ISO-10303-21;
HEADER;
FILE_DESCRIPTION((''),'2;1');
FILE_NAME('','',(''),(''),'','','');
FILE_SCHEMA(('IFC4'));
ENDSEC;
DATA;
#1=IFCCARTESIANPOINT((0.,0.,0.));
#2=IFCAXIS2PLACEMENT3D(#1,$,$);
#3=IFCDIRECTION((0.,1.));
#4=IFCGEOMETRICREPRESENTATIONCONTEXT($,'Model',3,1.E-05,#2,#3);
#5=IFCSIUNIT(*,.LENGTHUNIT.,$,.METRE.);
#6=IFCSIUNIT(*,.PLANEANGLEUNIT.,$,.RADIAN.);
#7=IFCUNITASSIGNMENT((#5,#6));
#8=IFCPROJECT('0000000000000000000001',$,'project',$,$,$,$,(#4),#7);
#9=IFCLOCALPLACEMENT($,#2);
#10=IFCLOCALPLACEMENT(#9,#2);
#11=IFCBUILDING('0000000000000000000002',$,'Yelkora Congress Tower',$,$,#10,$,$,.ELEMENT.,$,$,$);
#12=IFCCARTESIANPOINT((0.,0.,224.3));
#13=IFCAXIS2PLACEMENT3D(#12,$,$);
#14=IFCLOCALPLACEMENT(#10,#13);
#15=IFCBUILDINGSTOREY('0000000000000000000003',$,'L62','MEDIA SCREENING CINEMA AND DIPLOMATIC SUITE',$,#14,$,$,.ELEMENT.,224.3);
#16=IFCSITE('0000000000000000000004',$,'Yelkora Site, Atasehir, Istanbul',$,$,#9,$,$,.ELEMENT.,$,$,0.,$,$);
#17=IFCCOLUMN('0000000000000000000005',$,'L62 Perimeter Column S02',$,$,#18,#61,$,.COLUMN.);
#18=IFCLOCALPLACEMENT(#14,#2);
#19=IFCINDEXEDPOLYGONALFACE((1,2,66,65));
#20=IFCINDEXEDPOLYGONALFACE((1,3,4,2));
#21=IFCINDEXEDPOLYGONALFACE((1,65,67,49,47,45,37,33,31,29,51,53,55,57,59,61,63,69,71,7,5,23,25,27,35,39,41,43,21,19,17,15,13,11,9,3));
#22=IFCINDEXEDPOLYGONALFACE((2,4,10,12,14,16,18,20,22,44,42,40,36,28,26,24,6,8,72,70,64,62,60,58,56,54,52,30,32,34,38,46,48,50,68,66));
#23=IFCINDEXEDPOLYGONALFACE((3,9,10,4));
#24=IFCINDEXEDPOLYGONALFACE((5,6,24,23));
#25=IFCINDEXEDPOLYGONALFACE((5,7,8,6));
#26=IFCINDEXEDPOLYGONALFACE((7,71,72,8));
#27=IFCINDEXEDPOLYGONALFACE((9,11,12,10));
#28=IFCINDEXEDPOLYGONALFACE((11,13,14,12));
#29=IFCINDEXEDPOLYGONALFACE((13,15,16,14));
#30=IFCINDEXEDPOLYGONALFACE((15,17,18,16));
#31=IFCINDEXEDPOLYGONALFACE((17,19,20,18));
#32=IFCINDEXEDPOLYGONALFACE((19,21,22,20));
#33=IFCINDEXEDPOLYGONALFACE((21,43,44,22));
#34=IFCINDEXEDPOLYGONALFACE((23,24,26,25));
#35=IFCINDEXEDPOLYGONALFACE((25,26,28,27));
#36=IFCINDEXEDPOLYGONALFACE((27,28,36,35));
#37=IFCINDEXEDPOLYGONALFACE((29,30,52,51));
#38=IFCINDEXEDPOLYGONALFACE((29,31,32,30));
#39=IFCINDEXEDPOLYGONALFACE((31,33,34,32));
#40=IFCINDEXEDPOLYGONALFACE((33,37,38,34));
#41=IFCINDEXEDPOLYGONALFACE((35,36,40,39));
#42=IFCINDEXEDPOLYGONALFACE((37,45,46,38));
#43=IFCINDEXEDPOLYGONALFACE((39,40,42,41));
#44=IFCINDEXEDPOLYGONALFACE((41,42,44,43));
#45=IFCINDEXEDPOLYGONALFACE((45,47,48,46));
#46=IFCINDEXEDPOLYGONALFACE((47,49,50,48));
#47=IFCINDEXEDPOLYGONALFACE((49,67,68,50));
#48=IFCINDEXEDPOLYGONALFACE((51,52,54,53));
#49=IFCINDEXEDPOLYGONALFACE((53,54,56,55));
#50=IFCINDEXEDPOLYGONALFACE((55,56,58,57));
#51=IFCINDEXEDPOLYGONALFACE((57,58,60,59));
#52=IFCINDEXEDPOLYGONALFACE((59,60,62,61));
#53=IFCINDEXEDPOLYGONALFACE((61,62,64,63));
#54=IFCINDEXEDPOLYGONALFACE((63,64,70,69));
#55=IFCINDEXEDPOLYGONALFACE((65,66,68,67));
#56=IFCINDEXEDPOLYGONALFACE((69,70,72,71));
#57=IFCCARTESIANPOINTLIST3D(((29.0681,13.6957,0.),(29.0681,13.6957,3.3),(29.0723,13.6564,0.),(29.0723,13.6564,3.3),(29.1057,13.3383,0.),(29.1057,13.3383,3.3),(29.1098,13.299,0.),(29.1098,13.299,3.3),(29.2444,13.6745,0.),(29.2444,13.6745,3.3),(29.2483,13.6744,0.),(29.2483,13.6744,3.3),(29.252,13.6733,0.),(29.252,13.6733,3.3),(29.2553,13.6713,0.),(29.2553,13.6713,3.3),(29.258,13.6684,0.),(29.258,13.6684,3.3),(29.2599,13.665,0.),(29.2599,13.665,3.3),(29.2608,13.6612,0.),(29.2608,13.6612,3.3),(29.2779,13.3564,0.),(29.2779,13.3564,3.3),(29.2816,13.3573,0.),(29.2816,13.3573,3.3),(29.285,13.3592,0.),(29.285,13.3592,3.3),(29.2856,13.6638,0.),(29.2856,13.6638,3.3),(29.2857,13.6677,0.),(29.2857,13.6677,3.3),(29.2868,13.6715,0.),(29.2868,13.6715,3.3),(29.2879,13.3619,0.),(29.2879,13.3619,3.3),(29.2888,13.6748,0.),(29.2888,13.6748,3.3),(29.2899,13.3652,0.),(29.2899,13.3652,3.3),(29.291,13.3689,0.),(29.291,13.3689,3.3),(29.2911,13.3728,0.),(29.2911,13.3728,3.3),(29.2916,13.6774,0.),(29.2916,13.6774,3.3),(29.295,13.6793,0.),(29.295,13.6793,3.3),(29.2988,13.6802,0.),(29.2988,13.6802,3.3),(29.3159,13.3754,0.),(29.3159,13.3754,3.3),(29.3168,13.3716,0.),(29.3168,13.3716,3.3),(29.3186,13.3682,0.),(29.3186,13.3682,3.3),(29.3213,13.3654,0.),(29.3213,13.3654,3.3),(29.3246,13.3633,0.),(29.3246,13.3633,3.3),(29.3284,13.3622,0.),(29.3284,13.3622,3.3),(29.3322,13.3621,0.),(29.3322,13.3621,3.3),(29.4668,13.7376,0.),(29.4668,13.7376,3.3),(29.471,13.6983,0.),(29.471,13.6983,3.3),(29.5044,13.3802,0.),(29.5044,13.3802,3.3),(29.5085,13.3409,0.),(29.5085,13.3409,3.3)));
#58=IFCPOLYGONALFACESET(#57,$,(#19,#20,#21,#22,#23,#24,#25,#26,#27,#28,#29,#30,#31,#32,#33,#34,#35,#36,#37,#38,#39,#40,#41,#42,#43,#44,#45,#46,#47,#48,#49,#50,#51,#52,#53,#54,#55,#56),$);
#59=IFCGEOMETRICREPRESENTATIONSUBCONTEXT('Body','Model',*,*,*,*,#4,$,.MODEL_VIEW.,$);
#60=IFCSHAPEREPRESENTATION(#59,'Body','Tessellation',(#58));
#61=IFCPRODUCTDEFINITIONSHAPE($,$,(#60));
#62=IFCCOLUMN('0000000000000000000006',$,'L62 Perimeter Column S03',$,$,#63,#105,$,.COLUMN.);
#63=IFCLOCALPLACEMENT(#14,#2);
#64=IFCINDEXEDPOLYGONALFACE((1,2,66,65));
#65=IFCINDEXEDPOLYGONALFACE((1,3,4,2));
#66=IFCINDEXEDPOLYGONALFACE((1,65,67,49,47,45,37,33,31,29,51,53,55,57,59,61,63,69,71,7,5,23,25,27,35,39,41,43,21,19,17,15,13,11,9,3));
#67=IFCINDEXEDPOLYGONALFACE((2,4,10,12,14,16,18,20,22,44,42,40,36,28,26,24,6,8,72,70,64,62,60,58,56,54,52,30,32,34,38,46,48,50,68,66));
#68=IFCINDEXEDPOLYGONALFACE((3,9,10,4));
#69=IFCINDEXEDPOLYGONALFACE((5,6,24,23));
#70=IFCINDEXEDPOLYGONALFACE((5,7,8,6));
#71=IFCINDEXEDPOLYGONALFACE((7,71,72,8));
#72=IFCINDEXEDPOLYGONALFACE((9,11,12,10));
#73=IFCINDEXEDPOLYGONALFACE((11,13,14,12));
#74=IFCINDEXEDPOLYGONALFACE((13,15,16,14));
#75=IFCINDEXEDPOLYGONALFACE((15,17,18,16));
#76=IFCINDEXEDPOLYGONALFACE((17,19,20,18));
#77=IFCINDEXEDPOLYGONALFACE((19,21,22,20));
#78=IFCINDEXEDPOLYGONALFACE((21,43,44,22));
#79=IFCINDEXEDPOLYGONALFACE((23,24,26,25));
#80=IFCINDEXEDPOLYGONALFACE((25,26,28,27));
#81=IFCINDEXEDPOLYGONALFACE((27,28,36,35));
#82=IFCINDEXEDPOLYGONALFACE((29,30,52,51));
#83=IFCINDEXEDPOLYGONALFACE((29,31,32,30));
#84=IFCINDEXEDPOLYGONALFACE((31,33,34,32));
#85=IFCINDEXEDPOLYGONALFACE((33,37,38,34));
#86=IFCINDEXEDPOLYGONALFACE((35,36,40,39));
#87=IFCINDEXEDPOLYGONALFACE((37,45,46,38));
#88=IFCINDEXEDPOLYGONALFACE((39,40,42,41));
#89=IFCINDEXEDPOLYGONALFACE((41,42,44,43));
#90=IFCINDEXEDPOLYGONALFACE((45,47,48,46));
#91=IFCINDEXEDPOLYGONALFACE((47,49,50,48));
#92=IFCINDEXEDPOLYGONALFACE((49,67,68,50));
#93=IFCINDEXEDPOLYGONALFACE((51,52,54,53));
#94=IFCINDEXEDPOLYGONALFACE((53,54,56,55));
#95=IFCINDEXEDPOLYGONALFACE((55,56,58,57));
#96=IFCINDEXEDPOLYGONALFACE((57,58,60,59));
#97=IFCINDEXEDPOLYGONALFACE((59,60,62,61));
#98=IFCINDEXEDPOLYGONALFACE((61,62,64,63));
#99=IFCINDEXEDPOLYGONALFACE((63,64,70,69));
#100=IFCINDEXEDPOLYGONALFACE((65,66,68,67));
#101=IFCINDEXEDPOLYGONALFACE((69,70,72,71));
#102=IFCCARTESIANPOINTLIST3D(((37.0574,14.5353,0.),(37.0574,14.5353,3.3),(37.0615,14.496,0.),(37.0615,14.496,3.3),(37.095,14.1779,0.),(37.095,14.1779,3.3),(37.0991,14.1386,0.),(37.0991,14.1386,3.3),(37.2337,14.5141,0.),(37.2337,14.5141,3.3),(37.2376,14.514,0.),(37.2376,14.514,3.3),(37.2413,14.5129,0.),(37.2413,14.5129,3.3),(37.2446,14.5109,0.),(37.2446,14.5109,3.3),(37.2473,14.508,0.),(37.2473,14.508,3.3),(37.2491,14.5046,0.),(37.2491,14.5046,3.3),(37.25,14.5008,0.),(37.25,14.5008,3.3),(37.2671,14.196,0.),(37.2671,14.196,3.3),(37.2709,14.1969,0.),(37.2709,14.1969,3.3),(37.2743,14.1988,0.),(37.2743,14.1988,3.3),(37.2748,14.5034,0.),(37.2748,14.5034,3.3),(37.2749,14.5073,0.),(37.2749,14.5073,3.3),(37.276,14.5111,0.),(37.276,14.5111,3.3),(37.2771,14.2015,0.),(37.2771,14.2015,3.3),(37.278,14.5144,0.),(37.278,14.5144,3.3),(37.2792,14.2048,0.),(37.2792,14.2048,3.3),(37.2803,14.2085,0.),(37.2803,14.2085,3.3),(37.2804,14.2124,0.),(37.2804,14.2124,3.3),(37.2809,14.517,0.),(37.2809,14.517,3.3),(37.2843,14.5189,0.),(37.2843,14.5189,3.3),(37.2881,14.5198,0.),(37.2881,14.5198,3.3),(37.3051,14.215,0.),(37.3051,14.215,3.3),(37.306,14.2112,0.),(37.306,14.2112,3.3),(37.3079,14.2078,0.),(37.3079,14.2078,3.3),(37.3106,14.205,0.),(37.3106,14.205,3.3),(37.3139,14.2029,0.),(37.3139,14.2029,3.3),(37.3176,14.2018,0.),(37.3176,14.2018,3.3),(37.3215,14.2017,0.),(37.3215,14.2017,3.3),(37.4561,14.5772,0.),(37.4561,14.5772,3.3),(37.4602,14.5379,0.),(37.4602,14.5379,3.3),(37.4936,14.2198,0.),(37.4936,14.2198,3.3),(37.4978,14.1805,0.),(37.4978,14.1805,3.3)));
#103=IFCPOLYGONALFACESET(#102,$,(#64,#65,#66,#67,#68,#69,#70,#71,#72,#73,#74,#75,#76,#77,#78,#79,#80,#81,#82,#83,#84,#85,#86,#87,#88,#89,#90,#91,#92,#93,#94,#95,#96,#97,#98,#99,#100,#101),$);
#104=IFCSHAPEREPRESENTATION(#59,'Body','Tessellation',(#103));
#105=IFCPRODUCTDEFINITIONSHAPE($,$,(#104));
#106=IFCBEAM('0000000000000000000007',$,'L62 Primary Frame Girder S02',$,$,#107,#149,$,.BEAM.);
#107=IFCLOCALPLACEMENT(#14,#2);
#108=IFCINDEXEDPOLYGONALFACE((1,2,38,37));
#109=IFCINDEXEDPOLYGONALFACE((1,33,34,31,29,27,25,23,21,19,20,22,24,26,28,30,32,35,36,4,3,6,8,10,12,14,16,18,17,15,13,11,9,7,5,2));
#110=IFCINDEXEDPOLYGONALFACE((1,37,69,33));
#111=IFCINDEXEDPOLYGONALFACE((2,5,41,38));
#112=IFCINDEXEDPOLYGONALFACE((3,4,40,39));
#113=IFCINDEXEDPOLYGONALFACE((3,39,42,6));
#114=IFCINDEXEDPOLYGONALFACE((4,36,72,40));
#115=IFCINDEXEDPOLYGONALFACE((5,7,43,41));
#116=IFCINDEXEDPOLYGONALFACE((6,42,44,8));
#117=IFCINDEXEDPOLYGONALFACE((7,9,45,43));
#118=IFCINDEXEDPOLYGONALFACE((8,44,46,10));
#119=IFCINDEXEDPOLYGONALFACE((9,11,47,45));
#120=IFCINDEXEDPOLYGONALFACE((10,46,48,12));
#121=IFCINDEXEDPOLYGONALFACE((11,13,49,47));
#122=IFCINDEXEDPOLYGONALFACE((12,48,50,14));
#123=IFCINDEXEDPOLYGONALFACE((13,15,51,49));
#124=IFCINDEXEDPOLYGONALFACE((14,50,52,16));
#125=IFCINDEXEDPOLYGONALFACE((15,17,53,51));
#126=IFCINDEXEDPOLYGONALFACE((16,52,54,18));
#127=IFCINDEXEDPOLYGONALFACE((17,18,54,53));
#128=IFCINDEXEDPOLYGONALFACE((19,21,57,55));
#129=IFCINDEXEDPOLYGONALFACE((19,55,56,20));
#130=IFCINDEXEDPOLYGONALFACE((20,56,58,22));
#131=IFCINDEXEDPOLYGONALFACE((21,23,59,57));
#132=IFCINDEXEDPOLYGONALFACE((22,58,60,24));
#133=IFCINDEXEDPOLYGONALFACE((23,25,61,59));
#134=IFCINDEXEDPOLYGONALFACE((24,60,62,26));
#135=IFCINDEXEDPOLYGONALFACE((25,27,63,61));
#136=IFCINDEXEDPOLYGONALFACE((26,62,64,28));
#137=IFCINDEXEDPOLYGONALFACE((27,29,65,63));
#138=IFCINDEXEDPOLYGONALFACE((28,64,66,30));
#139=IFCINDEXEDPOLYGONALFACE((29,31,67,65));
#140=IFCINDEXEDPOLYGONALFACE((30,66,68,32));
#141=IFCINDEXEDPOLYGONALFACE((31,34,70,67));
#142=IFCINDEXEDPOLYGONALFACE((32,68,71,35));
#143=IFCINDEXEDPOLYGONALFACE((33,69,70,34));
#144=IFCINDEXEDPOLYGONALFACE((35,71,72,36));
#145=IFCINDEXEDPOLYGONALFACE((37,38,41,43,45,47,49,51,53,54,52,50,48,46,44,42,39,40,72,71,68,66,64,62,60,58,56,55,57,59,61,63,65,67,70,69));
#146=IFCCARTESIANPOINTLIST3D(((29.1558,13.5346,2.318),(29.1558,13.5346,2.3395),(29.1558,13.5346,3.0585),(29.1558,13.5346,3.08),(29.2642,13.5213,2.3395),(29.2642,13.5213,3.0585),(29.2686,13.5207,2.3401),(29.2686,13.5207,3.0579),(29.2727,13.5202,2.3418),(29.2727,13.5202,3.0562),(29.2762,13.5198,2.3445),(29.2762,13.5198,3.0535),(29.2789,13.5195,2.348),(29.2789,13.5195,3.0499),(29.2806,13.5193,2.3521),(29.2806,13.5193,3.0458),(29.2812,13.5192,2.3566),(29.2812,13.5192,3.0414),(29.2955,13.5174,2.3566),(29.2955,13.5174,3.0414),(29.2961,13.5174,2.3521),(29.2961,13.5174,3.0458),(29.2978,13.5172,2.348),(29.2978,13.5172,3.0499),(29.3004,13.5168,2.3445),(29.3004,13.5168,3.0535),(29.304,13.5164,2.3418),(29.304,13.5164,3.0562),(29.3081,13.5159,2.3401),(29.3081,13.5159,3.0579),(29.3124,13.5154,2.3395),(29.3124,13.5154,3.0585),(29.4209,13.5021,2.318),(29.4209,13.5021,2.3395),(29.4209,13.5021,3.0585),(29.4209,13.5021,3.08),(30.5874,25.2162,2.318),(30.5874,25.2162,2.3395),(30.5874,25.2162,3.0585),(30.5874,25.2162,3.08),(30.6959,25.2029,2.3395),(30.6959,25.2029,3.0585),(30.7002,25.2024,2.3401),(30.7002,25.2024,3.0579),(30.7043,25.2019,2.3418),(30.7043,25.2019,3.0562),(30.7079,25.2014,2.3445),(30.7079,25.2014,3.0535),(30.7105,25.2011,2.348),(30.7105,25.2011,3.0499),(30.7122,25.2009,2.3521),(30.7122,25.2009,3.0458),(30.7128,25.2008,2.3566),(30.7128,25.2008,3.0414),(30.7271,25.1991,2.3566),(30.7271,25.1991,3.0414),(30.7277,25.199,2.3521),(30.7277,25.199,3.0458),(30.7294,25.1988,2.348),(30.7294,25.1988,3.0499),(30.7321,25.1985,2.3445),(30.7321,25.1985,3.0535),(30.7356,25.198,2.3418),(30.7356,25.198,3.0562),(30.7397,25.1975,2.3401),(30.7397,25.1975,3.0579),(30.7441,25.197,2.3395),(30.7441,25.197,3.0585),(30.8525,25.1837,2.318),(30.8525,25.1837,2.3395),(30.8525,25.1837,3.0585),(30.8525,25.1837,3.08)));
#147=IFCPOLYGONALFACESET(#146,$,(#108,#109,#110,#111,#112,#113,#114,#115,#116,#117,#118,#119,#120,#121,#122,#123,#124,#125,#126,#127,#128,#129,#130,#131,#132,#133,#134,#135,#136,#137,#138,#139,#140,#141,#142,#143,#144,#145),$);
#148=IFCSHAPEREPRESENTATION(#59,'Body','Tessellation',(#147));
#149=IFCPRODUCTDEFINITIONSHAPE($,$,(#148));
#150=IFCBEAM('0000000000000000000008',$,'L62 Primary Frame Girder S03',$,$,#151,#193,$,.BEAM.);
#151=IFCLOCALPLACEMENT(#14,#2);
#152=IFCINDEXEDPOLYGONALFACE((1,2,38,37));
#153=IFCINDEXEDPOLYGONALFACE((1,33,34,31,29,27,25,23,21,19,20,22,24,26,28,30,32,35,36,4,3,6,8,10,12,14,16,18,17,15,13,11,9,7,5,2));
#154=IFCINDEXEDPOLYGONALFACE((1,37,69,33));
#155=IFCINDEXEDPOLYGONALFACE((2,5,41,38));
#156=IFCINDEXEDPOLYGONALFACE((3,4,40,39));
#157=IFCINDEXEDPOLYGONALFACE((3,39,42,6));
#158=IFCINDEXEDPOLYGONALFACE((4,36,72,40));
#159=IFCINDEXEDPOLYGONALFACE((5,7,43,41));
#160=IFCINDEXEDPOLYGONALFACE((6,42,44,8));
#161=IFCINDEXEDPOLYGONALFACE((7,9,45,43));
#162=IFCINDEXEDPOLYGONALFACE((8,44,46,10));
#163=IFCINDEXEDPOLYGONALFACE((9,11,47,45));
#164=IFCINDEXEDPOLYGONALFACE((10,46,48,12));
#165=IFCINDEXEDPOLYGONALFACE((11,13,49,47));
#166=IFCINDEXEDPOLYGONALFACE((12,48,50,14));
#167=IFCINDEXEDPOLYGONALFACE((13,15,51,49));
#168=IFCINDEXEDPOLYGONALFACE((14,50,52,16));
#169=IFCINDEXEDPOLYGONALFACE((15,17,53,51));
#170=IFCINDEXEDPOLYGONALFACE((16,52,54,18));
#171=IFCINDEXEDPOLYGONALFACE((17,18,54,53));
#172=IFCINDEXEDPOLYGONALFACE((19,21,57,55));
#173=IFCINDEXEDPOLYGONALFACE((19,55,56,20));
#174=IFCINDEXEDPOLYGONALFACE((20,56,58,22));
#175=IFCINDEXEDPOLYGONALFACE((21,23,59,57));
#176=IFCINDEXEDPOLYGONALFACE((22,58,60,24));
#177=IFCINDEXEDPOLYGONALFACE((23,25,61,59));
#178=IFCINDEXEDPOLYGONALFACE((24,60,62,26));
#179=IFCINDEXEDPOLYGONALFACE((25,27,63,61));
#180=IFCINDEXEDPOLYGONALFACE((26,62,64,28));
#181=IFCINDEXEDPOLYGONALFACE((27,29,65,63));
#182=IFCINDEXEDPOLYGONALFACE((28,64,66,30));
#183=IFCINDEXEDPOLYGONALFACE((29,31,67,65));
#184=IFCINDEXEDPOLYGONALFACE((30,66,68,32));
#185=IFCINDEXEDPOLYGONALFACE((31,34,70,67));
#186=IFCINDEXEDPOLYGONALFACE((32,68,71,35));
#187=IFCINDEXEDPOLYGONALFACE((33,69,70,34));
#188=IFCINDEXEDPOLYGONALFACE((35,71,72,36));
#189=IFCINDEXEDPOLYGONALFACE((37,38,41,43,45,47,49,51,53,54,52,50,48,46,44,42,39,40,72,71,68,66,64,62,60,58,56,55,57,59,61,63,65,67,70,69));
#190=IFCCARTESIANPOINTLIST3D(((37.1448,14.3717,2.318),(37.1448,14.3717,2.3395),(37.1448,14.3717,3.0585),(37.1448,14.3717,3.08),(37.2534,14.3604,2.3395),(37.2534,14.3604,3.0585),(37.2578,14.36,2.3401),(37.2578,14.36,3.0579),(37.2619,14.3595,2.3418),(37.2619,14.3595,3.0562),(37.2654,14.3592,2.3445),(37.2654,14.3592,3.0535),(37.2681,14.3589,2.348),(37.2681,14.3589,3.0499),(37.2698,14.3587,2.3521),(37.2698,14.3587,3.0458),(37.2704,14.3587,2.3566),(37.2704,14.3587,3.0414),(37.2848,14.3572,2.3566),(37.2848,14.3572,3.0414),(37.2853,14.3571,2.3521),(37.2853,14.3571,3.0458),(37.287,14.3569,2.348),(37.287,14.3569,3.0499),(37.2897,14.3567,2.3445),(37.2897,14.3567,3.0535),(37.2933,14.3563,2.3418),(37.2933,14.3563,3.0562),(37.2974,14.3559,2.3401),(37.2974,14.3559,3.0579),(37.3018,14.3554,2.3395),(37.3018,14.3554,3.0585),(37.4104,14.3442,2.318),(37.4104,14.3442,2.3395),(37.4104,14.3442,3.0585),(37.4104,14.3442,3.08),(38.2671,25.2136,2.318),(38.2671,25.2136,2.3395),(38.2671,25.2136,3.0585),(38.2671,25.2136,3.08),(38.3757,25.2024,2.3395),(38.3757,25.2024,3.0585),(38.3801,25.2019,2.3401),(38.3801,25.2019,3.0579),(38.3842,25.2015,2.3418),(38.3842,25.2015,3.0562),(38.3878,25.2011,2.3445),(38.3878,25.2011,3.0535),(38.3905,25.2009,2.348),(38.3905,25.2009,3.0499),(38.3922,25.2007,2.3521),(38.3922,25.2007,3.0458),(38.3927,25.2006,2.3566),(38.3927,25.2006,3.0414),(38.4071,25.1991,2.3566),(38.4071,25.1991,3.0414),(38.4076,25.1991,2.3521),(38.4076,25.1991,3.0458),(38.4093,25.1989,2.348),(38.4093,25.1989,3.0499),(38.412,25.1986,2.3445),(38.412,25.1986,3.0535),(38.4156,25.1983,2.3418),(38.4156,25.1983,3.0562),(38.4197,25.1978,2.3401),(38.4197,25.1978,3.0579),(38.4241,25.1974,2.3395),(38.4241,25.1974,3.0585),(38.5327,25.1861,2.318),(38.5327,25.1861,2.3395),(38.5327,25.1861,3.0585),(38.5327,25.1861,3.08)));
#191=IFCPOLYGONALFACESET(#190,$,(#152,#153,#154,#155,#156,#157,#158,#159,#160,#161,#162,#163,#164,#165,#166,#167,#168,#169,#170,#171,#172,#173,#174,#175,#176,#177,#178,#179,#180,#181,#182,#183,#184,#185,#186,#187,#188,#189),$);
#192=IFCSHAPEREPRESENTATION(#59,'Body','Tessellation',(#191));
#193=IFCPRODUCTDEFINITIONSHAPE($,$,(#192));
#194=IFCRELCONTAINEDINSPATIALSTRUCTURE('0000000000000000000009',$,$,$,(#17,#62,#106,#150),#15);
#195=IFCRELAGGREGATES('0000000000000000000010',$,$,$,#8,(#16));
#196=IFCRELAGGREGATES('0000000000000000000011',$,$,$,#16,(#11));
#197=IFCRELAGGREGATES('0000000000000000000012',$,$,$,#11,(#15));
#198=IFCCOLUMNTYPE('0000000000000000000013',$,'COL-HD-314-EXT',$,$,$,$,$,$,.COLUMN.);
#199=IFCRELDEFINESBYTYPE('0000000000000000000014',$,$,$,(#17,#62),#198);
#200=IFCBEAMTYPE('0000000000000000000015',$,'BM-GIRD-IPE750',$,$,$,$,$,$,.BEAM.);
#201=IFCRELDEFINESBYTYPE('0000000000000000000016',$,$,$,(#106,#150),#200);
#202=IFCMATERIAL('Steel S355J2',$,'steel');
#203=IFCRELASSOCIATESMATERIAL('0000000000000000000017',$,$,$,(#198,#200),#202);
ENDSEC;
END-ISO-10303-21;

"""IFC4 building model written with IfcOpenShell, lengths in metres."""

from ifc_helpers import new_model, si_unit, direction, frame, origin, origin_2d, place, context, subcontext, project, spatial, i_section, extrude, material, material_profile, profile_set, type_object, element, save


model = new_model("IFC4")

# Units and contexts
model_context = context("Model", 3, precision=1e-05, world=origin(), true_north=direction((0.0, 1.0)))
body_context = subcontext(model_context, "Body", "Model", "MODEL_VIEW")
ifc_project = project(units=[si_unit("LENGTHUNIT", "METRE"), si_unit("PLANEANGLEUNIT", "RADIAN")], contexts=[model_context])

# Site, building, storey
site_placement = place(None, origin())
site = spatial("IfcSite", under=ifc_project, at=site_placement, Name="Yelkora Site, Atasehir, Istanbul", CompositionType="ELEMENT", RefElevation=0.0)
building_placement = place(site_placement, origin())
building = spatial("IfcBuilding", under=site, at=building_placement, Name="Yelkora Congress Tower", CompositionType="ELEMENT")
storey_placement = place(building_placement, frame((0.0, 0.0, 224.3)))
storey = spatial("IfcBuildingStorey", under=building, at=storey_placement, Name="L62", Description="MEDIA SCREENING CINEMA AND DIPLOMATIC SUITE", CompositionType="ELEMENT", Elevation=224.3)

# Columns
ifc_material_1 = material(Name="Steel S355J2", Category="steel")
ifc_material_profile_1 = material_profile(ifc_material_1, i_section(OverallWidth=0.4009, OverallDepth=0.3989, WebThickness=0.0249, FlangeThickness=0.0396, FilletRadius=0.0149, at=origin_2d()), Name="HD 400x314")
ifc_profile_set_1 = profile_set([ifc_material_profile_1], Name="Steel S355J2")
column_type = type_object("IfcColumnType", Name="COL-HD-314-EXT", PredefinedType="COLUMN", material=ifc_profile_set_1)
for number, where, z_axis, x_axis, name in (
    (1, (29.2883, 13.5183, 0.0), (0.0, 0.0, 1.0), (0.994522, 0.104528, 0.0), "L62 Perimeter Column S02"),
    (2, (37.2776, 14.3579, 0.0), (0.0, 0.0, 1.0), (0.994522, 0.104528, 0.0), "L62 Perimeter Column S03"),
):
    element("IfcColumn", number, at=place(storey_placement, frame(where, z_axis=z_axis, x_axis=x_axis)), inside=storey, type_object=column_type, Name=name, PredefinedType="COLUMN", context=body_context, shape_type="SweptSolid", body=[
        extrude(i_section(OverallWidth=0.4009, OverallDepth=0.3989, WebThickness=0.0249, FlangeThickness=0.0396, FilletRadius=0.0149, at=origin_2d()), origin(), (0.0, 0.0, 1.0), 3.3),
    ])

# Beams
ifc_material_profile_2 = material_profile(ifc_material_1, i_section(OverallWidth=0.2671, OverallDepth=0.762, WebThickness=0.0144, FlangeThickness=0.0215, FilletRadius=0.0171, at=origin_2d()), Name="IPE 750x173")
ifc_profile_set_2 = profile_set([ifc_material_profile_2], Name="Steel S355J2")
beam_type_1 = type_object("IfcBeamType", Name="BM-GIRD-IPE750", PredefinedType="BEAM", material=ifc_profile_set_2)
beam_1_placement = place(storey_placement, frame((29.2883, 13.5183, 2.699), z_axis=(0.121645, 0.992574, 0.0), x_axis=(-0.992574, 0.121645, 0.0)))
element("IfcBeam", 3, at=beam_1_placement, inside=storey, type_object=beam_type_1, Name="L62 Primary Frame Girder S02", PredefinedType="BEAM", context=body_context, shape_type="SweptSolid", body=[
    extrude(i_section(OverallWidth=0.2671, OverallDepth=0.762, WebThickness=0.0144, FlangeThickness=0.0215, FilletRadius=0.0171, at=origin_2d()), origin(), (0.0, 0.0, 1.0), 11.769),
])
beam_2_placement = place(storey_placement, frame((37.2776, 14.3579, 2.699), z_axis=(0.102965, 0.994685, 0.0), x_axis=(-0.994685, 0.102965, 0.0)))
element("IfcBeam", 4, at=beam_2_placement, inside=storey, type_object=beam_type_1, Name="L62 Primary Frame Girder S03", PredefinedType="BEAM", context=body_context, shape_type="SweptSolid", body=[
    extrude(i_section(OverallWidth=0.2671, OverallDepth=0.762, WebThickness=0.0144, FlangeThickness=0.0215, FilletRadius=0.0171, at=origin_2d()), origin(), (0.0, 0.0, 1.0), 10.8999),
])

save(model, "model.ifc")
